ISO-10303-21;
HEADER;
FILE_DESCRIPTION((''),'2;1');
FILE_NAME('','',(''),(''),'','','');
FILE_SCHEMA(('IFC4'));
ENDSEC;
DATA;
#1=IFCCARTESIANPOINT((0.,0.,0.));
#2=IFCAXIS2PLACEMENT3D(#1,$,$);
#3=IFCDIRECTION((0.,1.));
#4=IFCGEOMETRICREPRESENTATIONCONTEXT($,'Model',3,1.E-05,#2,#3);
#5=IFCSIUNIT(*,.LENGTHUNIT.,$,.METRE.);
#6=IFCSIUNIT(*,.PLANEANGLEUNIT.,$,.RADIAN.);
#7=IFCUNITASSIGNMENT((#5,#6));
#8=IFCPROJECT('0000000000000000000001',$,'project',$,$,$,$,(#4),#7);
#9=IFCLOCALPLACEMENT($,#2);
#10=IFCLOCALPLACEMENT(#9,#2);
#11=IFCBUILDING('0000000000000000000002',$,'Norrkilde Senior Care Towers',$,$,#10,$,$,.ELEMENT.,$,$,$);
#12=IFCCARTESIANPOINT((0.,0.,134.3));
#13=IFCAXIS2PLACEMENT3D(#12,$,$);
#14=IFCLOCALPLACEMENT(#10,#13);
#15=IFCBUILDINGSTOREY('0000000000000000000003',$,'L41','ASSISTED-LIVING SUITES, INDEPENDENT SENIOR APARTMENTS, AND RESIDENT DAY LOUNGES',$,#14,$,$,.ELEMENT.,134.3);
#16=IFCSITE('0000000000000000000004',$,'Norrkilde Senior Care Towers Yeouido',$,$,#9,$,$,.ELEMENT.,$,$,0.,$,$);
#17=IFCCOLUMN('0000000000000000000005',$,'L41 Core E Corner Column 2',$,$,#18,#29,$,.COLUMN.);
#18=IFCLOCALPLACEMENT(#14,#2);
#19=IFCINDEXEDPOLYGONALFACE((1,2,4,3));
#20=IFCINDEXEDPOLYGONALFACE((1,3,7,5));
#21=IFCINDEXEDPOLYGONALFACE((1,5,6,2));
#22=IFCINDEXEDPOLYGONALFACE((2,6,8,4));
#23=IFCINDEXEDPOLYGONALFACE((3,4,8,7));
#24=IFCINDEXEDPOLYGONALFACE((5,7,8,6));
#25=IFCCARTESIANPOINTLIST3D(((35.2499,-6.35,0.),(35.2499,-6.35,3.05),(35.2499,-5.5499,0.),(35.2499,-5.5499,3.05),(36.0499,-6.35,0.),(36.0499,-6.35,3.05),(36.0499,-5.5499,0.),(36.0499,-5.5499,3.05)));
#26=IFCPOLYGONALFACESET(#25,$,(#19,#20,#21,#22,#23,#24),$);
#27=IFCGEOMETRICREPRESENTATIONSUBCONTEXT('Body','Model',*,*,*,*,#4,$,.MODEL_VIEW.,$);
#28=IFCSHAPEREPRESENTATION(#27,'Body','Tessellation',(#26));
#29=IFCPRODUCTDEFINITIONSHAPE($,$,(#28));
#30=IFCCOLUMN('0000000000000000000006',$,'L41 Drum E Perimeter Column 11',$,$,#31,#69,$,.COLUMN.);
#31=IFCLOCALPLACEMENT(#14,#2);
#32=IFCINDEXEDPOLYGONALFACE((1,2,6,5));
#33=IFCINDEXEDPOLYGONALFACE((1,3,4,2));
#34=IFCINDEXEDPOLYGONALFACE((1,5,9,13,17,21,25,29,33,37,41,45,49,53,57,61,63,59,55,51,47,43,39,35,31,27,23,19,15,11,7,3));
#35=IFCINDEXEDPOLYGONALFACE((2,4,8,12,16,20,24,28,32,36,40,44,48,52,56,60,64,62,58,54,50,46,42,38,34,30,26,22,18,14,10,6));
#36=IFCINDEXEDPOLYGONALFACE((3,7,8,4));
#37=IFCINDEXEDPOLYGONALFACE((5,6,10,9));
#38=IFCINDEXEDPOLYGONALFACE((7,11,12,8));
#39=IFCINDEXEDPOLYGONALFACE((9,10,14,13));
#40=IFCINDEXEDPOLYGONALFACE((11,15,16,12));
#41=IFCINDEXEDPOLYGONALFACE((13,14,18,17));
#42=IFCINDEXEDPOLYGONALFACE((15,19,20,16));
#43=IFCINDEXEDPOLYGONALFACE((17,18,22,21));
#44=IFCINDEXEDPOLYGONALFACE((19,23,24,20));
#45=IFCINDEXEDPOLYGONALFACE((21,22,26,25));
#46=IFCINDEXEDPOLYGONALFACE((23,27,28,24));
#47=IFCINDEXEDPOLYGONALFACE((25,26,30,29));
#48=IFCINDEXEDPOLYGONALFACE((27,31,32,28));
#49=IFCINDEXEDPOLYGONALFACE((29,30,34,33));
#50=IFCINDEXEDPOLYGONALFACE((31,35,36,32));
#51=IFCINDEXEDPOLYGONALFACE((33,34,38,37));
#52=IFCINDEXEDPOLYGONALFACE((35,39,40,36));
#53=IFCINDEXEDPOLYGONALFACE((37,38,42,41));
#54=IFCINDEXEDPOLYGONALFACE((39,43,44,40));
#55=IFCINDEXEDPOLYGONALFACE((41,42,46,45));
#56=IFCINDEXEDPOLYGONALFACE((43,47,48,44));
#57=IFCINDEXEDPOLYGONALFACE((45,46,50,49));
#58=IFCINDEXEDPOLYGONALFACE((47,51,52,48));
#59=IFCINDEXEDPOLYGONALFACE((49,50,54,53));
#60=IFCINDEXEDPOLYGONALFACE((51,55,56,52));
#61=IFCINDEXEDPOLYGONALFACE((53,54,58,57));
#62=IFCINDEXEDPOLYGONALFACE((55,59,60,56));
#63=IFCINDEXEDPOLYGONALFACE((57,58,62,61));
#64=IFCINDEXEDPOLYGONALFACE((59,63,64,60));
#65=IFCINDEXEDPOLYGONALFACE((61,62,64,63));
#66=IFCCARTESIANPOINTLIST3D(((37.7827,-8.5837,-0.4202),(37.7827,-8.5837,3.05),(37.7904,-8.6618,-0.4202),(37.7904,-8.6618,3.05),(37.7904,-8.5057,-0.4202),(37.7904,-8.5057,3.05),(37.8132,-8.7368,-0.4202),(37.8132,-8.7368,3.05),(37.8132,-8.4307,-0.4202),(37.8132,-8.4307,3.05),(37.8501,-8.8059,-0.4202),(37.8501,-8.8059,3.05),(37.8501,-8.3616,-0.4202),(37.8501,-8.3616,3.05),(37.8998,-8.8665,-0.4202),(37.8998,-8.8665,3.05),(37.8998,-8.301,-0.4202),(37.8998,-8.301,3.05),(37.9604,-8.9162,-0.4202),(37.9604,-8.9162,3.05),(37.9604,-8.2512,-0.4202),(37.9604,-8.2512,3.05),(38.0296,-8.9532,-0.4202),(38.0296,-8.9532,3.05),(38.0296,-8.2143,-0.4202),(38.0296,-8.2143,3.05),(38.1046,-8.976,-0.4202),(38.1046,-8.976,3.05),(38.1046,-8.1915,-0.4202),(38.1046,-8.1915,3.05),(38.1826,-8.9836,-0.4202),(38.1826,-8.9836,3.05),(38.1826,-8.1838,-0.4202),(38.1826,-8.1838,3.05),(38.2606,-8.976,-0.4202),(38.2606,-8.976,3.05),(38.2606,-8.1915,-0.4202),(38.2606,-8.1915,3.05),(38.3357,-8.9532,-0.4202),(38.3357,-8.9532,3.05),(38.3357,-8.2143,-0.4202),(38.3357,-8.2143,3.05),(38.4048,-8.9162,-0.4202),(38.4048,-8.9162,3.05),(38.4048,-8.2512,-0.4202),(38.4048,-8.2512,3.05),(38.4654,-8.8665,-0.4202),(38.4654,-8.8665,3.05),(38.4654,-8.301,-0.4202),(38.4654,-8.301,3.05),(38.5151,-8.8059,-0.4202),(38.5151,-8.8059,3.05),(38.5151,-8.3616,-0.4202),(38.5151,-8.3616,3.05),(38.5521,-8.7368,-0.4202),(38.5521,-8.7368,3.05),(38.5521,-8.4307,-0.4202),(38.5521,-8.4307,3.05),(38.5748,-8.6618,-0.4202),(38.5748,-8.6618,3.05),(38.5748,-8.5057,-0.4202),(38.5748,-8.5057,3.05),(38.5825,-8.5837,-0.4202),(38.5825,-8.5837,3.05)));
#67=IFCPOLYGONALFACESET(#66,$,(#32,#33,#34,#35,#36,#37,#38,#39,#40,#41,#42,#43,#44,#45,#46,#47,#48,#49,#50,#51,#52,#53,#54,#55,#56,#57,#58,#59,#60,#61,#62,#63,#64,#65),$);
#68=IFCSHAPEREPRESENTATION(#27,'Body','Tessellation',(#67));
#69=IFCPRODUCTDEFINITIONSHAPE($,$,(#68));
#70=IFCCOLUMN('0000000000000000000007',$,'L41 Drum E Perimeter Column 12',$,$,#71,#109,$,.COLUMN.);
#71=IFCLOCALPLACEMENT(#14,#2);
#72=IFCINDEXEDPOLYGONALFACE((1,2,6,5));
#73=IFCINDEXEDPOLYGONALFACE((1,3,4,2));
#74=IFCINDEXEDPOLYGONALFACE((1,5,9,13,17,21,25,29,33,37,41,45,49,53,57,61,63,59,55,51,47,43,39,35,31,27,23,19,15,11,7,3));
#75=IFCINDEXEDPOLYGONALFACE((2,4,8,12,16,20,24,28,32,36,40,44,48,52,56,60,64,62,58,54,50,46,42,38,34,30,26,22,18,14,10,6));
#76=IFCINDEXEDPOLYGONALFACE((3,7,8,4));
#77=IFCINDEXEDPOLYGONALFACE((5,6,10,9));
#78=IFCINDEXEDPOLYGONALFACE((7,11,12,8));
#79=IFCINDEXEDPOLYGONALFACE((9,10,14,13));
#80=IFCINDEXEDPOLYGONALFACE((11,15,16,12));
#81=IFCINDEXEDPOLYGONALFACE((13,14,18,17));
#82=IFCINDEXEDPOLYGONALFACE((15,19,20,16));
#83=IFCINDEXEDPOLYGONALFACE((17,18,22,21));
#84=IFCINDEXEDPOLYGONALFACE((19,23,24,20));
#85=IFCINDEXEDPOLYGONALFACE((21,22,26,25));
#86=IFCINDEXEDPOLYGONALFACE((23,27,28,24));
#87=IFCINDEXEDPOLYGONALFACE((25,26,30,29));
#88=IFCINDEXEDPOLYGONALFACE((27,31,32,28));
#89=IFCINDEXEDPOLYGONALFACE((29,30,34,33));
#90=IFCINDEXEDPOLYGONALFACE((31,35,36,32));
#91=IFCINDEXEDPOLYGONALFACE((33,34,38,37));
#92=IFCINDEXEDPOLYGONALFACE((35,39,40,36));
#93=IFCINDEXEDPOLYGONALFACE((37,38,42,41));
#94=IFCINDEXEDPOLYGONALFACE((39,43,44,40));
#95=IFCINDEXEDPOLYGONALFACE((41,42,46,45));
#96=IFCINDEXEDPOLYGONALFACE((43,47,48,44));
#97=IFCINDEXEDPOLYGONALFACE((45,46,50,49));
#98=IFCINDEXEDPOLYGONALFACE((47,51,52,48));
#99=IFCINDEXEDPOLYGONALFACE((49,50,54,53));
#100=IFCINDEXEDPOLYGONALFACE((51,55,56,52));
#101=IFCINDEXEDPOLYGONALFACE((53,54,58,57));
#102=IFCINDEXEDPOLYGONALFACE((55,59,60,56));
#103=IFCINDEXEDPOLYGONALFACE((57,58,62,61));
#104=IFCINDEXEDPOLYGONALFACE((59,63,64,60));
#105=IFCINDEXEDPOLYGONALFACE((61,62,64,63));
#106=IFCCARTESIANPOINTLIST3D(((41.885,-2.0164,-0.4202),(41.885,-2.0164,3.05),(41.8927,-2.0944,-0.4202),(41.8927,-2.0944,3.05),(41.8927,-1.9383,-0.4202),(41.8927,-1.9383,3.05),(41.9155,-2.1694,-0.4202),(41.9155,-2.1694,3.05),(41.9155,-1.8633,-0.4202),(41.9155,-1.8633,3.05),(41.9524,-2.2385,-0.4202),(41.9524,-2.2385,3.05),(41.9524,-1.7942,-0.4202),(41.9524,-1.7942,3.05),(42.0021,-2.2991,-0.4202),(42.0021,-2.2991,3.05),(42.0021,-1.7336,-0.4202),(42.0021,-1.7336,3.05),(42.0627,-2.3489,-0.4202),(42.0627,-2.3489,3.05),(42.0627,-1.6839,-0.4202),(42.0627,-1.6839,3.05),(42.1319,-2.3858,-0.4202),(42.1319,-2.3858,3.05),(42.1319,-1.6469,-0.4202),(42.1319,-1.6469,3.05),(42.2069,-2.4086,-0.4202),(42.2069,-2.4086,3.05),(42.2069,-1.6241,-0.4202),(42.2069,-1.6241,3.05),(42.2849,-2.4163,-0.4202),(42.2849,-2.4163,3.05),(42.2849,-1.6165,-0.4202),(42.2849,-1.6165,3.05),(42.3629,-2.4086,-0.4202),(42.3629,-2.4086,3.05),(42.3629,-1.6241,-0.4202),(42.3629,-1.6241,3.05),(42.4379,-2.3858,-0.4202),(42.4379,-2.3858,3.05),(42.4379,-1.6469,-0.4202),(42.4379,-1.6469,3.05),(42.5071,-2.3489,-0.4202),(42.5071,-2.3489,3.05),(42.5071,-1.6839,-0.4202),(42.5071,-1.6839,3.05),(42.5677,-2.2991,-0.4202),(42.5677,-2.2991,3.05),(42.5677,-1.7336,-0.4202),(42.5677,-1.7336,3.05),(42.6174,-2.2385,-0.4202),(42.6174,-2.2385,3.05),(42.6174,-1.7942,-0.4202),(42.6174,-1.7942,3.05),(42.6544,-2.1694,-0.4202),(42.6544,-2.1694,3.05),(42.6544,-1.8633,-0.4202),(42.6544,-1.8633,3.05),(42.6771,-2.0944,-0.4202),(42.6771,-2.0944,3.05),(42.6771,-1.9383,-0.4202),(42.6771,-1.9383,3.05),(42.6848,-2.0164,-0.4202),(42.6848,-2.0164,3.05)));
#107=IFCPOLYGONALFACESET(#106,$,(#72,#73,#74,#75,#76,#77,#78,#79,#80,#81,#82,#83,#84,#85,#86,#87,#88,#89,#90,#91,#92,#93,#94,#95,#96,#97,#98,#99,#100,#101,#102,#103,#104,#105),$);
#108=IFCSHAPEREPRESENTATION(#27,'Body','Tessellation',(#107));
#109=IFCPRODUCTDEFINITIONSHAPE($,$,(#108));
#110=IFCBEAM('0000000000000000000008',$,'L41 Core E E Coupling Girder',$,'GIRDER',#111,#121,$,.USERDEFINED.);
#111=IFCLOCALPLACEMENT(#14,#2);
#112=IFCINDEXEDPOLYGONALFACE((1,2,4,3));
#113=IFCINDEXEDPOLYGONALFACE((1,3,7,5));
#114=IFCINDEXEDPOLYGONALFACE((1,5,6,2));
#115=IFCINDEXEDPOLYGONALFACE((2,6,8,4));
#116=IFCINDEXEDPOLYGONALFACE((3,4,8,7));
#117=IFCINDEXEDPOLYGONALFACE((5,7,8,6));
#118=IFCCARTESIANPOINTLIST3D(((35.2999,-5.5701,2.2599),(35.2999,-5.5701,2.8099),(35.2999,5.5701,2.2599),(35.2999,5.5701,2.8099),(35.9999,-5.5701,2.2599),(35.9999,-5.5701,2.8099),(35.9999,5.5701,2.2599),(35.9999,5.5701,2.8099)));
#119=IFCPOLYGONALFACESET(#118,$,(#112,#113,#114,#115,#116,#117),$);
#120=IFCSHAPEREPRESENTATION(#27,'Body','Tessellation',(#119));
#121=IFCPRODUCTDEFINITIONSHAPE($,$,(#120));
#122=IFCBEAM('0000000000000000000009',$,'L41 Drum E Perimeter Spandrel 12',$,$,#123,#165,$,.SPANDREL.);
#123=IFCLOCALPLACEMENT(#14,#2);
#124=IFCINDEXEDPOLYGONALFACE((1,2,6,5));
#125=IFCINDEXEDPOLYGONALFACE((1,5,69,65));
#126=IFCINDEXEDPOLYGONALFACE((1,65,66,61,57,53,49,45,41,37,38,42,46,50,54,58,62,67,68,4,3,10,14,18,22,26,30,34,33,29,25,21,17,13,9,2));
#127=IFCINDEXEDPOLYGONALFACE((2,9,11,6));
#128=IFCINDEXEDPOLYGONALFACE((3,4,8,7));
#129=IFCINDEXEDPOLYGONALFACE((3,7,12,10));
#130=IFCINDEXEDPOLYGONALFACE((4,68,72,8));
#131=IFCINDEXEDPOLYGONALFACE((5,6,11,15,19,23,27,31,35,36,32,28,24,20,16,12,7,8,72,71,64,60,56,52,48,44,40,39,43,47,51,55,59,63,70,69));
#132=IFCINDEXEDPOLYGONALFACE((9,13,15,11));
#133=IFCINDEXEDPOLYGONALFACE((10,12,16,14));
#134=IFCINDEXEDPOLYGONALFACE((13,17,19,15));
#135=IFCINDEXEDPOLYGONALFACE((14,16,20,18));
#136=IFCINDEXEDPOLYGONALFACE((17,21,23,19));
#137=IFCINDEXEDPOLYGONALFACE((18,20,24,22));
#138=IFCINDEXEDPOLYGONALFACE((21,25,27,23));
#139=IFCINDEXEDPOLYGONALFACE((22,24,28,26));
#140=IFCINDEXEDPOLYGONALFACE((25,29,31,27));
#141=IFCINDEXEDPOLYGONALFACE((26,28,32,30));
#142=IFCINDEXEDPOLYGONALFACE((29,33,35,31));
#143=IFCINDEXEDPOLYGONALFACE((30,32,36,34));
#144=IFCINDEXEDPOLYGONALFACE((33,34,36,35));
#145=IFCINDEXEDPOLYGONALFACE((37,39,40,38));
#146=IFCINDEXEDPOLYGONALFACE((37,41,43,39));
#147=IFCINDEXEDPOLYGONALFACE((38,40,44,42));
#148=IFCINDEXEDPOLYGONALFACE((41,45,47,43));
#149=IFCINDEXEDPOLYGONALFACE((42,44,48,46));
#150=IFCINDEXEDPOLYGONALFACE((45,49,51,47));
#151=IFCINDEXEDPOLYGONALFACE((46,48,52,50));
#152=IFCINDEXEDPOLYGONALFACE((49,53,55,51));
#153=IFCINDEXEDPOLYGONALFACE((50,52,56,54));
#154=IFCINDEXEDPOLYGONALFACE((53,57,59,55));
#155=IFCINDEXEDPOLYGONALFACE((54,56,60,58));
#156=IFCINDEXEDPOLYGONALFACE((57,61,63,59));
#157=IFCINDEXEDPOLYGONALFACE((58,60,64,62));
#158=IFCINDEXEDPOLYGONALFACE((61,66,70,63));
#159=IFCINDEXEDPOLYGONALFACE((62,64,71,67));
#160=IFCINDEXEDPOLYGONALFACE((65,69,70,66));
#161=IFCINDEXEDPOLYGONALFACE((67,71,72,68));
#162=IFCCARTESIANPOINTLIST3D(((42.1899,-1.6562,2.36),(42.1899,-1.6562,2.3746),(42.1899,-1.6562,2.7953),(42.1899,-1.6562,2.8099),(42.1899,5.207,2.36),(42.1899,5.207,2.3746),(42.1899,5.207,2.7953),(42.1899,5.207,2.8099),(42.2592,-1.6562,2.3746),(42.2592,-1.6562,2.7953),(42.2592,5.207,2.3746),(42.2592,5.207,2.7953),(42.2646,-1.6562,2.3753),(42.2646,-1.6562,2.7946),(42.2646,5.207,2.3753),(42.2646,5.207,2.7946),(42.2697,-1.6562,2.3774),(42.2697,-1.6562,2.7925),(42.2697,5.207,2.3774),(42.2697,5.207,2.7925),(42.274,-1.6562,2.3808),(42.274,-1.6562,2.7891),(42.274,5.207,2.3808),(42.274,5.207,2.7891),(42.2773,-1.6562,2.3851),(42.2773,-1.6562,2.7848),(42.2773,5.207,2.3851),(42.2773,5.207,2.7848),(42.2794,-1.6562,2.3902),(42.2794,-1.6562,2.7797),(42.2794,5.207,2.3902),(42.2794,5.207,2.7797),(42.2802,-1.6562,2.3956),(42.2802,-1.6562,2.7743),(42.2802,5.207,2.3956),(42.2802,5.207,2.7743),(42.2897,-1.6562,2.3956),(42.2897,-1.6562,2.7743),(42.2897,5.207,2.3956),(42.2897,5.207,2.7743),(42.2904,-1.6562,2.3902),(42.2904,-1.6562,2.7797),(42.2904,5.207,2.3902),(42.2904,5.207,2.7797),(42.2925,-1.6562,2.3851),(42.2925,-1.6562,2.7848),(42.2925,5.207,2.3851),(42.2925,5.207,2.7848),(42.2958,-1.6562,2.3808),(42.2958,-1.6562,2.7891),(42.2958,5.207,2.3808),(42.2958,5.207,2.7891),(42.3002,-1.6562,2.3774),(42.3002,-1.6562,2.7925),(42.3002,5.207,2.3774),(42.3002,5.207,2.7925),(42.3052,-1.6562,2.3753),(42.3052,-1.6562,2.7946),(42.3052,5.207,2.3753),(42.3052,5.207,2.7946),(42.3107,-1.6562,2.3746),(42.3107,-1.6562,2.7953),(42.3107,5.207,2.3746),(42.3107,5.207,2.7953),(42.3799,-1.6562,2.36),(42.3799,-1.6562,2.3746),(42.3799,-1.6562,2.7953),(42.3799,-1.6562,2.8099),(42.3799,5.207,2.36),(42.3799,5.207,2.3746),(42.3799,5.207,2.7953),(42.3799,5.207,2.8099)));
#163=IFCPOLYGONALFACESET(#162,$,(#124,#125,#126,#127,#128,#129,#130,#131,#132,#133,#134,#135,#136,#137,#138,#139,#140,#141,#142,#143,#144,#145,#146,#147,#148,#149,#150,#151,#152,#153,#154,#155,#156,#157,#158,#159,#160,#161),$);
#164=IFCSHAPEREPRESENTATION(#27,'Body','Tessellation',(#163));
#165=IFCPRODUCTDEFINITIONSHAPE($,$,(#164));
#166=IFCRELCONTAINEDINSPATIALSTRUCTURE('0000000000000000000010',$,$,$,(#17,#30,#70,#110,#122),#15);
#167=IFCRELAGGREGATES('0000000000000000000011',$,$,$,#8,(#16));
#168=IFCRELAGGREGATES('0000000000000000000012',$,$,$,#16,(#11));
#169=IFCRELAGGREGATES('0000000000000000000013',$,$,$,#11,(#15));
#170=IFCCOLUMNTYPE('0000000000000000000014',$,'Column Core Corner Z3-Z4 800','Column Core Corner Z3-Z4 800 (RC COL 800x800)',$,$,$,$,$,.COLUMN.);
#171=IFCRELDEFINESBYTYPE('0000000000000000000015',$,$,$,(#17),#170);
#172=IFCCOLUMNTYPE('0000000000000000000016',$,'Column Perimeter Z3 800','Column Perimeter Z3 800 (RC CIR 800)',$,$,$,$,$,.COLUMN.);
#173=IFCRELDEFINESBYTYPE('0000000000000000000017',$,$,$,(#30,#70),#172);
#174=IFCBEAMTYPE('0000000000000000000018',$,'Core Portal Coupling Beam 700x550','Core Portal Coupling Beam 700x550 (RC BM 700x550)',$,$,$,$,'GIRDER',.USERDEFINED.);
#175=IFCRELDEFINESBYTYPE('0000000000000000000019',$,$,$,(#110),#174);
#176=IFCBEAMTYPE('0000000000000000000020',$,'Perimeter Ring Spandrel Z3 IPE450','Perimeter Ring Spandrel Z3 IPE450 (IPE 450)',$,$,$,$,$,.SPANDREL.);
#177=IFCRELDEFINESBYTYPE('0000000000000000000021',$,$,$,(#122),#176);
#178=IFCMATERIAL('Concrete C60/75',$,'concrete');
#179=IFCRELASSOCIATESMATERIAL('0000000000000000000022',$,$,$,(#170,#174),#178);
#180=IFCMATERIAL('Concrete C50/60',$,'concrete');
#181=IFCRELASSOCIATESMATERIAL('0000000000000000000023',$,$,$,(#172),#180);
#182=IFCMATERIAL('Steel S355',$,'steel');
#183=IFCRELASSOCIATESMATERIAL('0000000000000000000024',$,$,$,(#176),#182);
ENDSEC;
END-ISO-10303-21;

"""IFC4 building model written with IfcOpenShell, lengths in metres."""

from ifc_helpers import new_model, si_unit, direction, frame, origin, origin_2d, place, context, subcontext, project, spatial, rectangle, circle, i_section, extrude, source, transform, mapped, material, material_profile, profile_set, type_object, type_shapes, element, save


model = new_model("IFC4")

# Units and contexts
model_context = context("Model", 3, precision=1e-05, world=origin(), true_north=direction((0.0, 1.0)))
body_context = subcontext(model_context, "Body", "Model", "MODEL_VIEW")
ifc_project = project(units=[si_unit("LENGTHUNIT", "METRE"), si_unit("PLANEANGLEUNIT", "RADIAN")], contexts=[model_context])

# Site, building, storey
site_placement = place(None, origin())
site = spatial("IfcSite", under=ifc_project, at=site_placement, Name="Norrkilde Senior Care Towers Yeouido", CompositionType="ELEMENT", RefElevation=0.0)
building_placement = place(site_placement, origin())
building = spatial("IfcBuilding", under=site, at=building_placement, Name="Norrkilde Senior Care Towers", CompositionType="ELEMENT")
storey_placement = place(building_placement, frame((0.0, 0.0, 134.3)))
storey = spatial("IfcBuildingStorey", under=building, at=storey_placement, Name="L41", Description="ASSISTED-LIVING SUITES, INDEPENDENT SENIOR APARTMENTS, AND RESIDENT DAY LOUNGES", CompositionType="ELEMENT", Elevation=134.3)

# Columns
ifc_material_1 = material(Name="Concrete C60/75", Category="concrete")
ifc_material_profile_1 = material_profile(ifc_material_1, rectangle(XDim=0.8, YDim=0.8, at=origin_2d()), Name="RC COL 800x800")
ifc_profile_set_1 = profile_set([ifc_material_profile_1], Name="Concrete C60/75")
column_type_1 = type_object("IfcColumnType", Name="Column Core Corner Z3-Z4 800", Description="Column Core Corner Z3-Z4 800 (RC COL 800x800)", PredefinedType="COLUMN", material=ifc_profile_set_1)
shared_shape_1 = source(origin(), body_context, "Body", "SweptSolid", [
    extrude(rectangle(XDim=0.8, YDim=0.8, at=origin_2d()), origin(), (0.0, 0.0, 1.0), 3.05),
])
type_shapes(column_type_1, [shared_shape_1])
column_placement = place(storey_placement, frame((35.6499, -5.95, 0.0), z_axis=(0.0, 0.0, 1.0), x_axis=(1.0, 0.0, 0.0)))
element("IfcColumn", 1, at=column_placement, inside=storey, type_object=column_type_1, Name="L41 Core E Corner Column 2", PredefinedType="COLUMN", context=body_context, shape_type="MappedRepresentation", body=[
    mapped(shared_shape_1, transform((0.0, 0.0, 0.0), x_axis=(1.0, 0.0, 0.0), y_axis=(0.0, 1.0, 0.0), z_axis=(0.0, 0.0, 1.0), scale=1.0)),
])
ifc_material_2 = material(Name="Concrete C50/60", Category="concrete")
ifc_material_profile_2 = material_profile(ifc_material_2, circle(Radius=0.3999, at=origin_2d()), Name="RC CIR 800")
ifc_profile_set_2 = profile_set([ifc_material_profile_2], Name="Concrete C50/60")
column_type_2 = type_object("IfcColumnType", Name="Column Perimeter Z3 800", Description="Column Perimeter Z3 800 (RC CIR 800)", PredefinedType="COLUMN", material=ifc_profile_set_2)
shared_shape_2 = source(origin(), body_context, "Body", "SweptSolid", [
    extrude(circle(Radius=0.3999, at=origin_2d()), origin(), (0.0, 0.0, 1.0), 3.4702),
])
type_shapes(column_type_2, [shared_shape_2])
for number, where, z_axis, x_axis, name in (
    (2, (38.1826, -8.5837, -0.4202), (0.0, 0.0, 1.0), (1.0, 0.0, 0.0), "L41 Drum E Perimeter Column 11"),
    (3, (42.2849, -2.0164, -0.4202), (0.0, 0.0, 1.0), (1.0, 0.0, 0.0), "L41 Drum E Perimeter Column 12"),
):
    element("IfcColumn", number, at=place(storey_placement, frame(where, z_axis=z_axis, x_axis=x_axis)), inside=storey, type_object=column_type_2, Name=name, PredefinedType="COLUMN", context=body_context, shape_type="MappedRepresentation", body=[
        mapped(shared_shape_2, transform((0.0, 0.0, 0.0), x_axis=(1.0, 0.0, 0.0), y_axis=(0.0, 1.0, 0.0), z_axis=(0.0, 0.0, 1.0), scale=1.0)),
    ])

# Beams
ifc_material_profile_3 = material_profile(ifc_material_1, rectangle(XDim=0.7, YDim=0.55, at=origin_2d()), Name="RC BM 700x550")
ifc_profile_set_3 = profile_set([ifc_material_profile_3], Name="Concrete C60/75")
beam_type_1 = type_object("IfcBeamType", Name="Core Portal Coupling Beam 700x550", Description="Core Portal Coupling Beam 700x550 (RC BM 700x550)", ElementType="GIRDER", PredefinedType="USERDEFINED", material=ifc_profile_set_3)
shared_shape_3 = source(origin(), body_context, "Body", "SweptSolid", [
    extrude(rectangle(XDim=0.7, YDim=0.55, at=origin_2d()), origin(), (0.0, 0.0, 1.0), 11.1401),
])
type_shapes(beam_type_1, [shared_shape_3])
beam_1_placement = place(storey_placement, frame((35.6499, -5.5701, 2.5349), z_axis=(0.0, 1.0, 0.0), x_axis=(-1.0, 0.0, 0.0)))
element("IfcBeam", 4, at=beam_1_placement, inside=storey, type_object=beam_type_1, Name="L41 Core E E Coupling Girder", ObjectType="GIRDER", PredefinedType="USERDEFINED", context=body_context, shape_type="MappedRepresentation", body=[
    mapped(shared_shape_3, transform((0.0, 0.0, 0.0), x_axis=(1.0, 0.0, 0.0), y_axis=(0.0, 1.0, 0.0), z_axis=(0.0, 0.0, 1.0), scale=1.0)),
])
ifc_material_3 = material(Name="Steel S355", Category="steel")
ifc_material_profile_4 = material_profile(ifc_material_3, i_section(OverallWidth=0.1899, OverallDepth=0.45, WebThickness=0.0095, FlangeThickness=0.0146, FilletRadius=0.021, at=origin_2d()), Name="IPE 450")
ifc_profile_set_4 = profile_set([ifc_material_profile_4], Name="Steel S355")
beam_type_2 = type_object("IfcBeamType", Name="Perimeter Ring Spandrel Z3 IPE450", Description="Perimeter Ring Spandrel Z3 IPE450 (IPE 450)", PredefinedType="SPANDREL", material=ifc_profile_set_4)
shared_shape_4 = source(origin(), body_context, "Body", "SweptSolid", [
    extrude(i_section(OverallWidth=0.1899, OverallDepth=0.45, WebThickness=0.0095, FlangeThickness=0.0146, FilletRadius=0.021, at=origin_2d()), origin(), (0.0, 0.0, 1.0), 6.8633),
])
beam_2_placement = place(storey_placement, frame((42.2849, -1.6562, 2.585), z_axis=(0.0, 1.0, 0.0), x_axis=(-1.0, 0.0, 0.0)))
element("IfcBeam", 5, at=beam_2_placement, inside=storey, type_object=beam_type_2, Name="L41 Drum E Perimeter Spandrel 12", PredefinedType="SPANDREL", context=body_context, shape_type="MappedRepresentation", body=[
    mapped(shared_shape_4, transform((0.0, 0.0, 0.0), x_axis=(1.0, 0.0, 0.0), y_axis=(0.0, 1.0, 0.0), z_axis=(0.0, 0.0, 1.0), scale=1.0)),
])

save(model, "model.ifc")
